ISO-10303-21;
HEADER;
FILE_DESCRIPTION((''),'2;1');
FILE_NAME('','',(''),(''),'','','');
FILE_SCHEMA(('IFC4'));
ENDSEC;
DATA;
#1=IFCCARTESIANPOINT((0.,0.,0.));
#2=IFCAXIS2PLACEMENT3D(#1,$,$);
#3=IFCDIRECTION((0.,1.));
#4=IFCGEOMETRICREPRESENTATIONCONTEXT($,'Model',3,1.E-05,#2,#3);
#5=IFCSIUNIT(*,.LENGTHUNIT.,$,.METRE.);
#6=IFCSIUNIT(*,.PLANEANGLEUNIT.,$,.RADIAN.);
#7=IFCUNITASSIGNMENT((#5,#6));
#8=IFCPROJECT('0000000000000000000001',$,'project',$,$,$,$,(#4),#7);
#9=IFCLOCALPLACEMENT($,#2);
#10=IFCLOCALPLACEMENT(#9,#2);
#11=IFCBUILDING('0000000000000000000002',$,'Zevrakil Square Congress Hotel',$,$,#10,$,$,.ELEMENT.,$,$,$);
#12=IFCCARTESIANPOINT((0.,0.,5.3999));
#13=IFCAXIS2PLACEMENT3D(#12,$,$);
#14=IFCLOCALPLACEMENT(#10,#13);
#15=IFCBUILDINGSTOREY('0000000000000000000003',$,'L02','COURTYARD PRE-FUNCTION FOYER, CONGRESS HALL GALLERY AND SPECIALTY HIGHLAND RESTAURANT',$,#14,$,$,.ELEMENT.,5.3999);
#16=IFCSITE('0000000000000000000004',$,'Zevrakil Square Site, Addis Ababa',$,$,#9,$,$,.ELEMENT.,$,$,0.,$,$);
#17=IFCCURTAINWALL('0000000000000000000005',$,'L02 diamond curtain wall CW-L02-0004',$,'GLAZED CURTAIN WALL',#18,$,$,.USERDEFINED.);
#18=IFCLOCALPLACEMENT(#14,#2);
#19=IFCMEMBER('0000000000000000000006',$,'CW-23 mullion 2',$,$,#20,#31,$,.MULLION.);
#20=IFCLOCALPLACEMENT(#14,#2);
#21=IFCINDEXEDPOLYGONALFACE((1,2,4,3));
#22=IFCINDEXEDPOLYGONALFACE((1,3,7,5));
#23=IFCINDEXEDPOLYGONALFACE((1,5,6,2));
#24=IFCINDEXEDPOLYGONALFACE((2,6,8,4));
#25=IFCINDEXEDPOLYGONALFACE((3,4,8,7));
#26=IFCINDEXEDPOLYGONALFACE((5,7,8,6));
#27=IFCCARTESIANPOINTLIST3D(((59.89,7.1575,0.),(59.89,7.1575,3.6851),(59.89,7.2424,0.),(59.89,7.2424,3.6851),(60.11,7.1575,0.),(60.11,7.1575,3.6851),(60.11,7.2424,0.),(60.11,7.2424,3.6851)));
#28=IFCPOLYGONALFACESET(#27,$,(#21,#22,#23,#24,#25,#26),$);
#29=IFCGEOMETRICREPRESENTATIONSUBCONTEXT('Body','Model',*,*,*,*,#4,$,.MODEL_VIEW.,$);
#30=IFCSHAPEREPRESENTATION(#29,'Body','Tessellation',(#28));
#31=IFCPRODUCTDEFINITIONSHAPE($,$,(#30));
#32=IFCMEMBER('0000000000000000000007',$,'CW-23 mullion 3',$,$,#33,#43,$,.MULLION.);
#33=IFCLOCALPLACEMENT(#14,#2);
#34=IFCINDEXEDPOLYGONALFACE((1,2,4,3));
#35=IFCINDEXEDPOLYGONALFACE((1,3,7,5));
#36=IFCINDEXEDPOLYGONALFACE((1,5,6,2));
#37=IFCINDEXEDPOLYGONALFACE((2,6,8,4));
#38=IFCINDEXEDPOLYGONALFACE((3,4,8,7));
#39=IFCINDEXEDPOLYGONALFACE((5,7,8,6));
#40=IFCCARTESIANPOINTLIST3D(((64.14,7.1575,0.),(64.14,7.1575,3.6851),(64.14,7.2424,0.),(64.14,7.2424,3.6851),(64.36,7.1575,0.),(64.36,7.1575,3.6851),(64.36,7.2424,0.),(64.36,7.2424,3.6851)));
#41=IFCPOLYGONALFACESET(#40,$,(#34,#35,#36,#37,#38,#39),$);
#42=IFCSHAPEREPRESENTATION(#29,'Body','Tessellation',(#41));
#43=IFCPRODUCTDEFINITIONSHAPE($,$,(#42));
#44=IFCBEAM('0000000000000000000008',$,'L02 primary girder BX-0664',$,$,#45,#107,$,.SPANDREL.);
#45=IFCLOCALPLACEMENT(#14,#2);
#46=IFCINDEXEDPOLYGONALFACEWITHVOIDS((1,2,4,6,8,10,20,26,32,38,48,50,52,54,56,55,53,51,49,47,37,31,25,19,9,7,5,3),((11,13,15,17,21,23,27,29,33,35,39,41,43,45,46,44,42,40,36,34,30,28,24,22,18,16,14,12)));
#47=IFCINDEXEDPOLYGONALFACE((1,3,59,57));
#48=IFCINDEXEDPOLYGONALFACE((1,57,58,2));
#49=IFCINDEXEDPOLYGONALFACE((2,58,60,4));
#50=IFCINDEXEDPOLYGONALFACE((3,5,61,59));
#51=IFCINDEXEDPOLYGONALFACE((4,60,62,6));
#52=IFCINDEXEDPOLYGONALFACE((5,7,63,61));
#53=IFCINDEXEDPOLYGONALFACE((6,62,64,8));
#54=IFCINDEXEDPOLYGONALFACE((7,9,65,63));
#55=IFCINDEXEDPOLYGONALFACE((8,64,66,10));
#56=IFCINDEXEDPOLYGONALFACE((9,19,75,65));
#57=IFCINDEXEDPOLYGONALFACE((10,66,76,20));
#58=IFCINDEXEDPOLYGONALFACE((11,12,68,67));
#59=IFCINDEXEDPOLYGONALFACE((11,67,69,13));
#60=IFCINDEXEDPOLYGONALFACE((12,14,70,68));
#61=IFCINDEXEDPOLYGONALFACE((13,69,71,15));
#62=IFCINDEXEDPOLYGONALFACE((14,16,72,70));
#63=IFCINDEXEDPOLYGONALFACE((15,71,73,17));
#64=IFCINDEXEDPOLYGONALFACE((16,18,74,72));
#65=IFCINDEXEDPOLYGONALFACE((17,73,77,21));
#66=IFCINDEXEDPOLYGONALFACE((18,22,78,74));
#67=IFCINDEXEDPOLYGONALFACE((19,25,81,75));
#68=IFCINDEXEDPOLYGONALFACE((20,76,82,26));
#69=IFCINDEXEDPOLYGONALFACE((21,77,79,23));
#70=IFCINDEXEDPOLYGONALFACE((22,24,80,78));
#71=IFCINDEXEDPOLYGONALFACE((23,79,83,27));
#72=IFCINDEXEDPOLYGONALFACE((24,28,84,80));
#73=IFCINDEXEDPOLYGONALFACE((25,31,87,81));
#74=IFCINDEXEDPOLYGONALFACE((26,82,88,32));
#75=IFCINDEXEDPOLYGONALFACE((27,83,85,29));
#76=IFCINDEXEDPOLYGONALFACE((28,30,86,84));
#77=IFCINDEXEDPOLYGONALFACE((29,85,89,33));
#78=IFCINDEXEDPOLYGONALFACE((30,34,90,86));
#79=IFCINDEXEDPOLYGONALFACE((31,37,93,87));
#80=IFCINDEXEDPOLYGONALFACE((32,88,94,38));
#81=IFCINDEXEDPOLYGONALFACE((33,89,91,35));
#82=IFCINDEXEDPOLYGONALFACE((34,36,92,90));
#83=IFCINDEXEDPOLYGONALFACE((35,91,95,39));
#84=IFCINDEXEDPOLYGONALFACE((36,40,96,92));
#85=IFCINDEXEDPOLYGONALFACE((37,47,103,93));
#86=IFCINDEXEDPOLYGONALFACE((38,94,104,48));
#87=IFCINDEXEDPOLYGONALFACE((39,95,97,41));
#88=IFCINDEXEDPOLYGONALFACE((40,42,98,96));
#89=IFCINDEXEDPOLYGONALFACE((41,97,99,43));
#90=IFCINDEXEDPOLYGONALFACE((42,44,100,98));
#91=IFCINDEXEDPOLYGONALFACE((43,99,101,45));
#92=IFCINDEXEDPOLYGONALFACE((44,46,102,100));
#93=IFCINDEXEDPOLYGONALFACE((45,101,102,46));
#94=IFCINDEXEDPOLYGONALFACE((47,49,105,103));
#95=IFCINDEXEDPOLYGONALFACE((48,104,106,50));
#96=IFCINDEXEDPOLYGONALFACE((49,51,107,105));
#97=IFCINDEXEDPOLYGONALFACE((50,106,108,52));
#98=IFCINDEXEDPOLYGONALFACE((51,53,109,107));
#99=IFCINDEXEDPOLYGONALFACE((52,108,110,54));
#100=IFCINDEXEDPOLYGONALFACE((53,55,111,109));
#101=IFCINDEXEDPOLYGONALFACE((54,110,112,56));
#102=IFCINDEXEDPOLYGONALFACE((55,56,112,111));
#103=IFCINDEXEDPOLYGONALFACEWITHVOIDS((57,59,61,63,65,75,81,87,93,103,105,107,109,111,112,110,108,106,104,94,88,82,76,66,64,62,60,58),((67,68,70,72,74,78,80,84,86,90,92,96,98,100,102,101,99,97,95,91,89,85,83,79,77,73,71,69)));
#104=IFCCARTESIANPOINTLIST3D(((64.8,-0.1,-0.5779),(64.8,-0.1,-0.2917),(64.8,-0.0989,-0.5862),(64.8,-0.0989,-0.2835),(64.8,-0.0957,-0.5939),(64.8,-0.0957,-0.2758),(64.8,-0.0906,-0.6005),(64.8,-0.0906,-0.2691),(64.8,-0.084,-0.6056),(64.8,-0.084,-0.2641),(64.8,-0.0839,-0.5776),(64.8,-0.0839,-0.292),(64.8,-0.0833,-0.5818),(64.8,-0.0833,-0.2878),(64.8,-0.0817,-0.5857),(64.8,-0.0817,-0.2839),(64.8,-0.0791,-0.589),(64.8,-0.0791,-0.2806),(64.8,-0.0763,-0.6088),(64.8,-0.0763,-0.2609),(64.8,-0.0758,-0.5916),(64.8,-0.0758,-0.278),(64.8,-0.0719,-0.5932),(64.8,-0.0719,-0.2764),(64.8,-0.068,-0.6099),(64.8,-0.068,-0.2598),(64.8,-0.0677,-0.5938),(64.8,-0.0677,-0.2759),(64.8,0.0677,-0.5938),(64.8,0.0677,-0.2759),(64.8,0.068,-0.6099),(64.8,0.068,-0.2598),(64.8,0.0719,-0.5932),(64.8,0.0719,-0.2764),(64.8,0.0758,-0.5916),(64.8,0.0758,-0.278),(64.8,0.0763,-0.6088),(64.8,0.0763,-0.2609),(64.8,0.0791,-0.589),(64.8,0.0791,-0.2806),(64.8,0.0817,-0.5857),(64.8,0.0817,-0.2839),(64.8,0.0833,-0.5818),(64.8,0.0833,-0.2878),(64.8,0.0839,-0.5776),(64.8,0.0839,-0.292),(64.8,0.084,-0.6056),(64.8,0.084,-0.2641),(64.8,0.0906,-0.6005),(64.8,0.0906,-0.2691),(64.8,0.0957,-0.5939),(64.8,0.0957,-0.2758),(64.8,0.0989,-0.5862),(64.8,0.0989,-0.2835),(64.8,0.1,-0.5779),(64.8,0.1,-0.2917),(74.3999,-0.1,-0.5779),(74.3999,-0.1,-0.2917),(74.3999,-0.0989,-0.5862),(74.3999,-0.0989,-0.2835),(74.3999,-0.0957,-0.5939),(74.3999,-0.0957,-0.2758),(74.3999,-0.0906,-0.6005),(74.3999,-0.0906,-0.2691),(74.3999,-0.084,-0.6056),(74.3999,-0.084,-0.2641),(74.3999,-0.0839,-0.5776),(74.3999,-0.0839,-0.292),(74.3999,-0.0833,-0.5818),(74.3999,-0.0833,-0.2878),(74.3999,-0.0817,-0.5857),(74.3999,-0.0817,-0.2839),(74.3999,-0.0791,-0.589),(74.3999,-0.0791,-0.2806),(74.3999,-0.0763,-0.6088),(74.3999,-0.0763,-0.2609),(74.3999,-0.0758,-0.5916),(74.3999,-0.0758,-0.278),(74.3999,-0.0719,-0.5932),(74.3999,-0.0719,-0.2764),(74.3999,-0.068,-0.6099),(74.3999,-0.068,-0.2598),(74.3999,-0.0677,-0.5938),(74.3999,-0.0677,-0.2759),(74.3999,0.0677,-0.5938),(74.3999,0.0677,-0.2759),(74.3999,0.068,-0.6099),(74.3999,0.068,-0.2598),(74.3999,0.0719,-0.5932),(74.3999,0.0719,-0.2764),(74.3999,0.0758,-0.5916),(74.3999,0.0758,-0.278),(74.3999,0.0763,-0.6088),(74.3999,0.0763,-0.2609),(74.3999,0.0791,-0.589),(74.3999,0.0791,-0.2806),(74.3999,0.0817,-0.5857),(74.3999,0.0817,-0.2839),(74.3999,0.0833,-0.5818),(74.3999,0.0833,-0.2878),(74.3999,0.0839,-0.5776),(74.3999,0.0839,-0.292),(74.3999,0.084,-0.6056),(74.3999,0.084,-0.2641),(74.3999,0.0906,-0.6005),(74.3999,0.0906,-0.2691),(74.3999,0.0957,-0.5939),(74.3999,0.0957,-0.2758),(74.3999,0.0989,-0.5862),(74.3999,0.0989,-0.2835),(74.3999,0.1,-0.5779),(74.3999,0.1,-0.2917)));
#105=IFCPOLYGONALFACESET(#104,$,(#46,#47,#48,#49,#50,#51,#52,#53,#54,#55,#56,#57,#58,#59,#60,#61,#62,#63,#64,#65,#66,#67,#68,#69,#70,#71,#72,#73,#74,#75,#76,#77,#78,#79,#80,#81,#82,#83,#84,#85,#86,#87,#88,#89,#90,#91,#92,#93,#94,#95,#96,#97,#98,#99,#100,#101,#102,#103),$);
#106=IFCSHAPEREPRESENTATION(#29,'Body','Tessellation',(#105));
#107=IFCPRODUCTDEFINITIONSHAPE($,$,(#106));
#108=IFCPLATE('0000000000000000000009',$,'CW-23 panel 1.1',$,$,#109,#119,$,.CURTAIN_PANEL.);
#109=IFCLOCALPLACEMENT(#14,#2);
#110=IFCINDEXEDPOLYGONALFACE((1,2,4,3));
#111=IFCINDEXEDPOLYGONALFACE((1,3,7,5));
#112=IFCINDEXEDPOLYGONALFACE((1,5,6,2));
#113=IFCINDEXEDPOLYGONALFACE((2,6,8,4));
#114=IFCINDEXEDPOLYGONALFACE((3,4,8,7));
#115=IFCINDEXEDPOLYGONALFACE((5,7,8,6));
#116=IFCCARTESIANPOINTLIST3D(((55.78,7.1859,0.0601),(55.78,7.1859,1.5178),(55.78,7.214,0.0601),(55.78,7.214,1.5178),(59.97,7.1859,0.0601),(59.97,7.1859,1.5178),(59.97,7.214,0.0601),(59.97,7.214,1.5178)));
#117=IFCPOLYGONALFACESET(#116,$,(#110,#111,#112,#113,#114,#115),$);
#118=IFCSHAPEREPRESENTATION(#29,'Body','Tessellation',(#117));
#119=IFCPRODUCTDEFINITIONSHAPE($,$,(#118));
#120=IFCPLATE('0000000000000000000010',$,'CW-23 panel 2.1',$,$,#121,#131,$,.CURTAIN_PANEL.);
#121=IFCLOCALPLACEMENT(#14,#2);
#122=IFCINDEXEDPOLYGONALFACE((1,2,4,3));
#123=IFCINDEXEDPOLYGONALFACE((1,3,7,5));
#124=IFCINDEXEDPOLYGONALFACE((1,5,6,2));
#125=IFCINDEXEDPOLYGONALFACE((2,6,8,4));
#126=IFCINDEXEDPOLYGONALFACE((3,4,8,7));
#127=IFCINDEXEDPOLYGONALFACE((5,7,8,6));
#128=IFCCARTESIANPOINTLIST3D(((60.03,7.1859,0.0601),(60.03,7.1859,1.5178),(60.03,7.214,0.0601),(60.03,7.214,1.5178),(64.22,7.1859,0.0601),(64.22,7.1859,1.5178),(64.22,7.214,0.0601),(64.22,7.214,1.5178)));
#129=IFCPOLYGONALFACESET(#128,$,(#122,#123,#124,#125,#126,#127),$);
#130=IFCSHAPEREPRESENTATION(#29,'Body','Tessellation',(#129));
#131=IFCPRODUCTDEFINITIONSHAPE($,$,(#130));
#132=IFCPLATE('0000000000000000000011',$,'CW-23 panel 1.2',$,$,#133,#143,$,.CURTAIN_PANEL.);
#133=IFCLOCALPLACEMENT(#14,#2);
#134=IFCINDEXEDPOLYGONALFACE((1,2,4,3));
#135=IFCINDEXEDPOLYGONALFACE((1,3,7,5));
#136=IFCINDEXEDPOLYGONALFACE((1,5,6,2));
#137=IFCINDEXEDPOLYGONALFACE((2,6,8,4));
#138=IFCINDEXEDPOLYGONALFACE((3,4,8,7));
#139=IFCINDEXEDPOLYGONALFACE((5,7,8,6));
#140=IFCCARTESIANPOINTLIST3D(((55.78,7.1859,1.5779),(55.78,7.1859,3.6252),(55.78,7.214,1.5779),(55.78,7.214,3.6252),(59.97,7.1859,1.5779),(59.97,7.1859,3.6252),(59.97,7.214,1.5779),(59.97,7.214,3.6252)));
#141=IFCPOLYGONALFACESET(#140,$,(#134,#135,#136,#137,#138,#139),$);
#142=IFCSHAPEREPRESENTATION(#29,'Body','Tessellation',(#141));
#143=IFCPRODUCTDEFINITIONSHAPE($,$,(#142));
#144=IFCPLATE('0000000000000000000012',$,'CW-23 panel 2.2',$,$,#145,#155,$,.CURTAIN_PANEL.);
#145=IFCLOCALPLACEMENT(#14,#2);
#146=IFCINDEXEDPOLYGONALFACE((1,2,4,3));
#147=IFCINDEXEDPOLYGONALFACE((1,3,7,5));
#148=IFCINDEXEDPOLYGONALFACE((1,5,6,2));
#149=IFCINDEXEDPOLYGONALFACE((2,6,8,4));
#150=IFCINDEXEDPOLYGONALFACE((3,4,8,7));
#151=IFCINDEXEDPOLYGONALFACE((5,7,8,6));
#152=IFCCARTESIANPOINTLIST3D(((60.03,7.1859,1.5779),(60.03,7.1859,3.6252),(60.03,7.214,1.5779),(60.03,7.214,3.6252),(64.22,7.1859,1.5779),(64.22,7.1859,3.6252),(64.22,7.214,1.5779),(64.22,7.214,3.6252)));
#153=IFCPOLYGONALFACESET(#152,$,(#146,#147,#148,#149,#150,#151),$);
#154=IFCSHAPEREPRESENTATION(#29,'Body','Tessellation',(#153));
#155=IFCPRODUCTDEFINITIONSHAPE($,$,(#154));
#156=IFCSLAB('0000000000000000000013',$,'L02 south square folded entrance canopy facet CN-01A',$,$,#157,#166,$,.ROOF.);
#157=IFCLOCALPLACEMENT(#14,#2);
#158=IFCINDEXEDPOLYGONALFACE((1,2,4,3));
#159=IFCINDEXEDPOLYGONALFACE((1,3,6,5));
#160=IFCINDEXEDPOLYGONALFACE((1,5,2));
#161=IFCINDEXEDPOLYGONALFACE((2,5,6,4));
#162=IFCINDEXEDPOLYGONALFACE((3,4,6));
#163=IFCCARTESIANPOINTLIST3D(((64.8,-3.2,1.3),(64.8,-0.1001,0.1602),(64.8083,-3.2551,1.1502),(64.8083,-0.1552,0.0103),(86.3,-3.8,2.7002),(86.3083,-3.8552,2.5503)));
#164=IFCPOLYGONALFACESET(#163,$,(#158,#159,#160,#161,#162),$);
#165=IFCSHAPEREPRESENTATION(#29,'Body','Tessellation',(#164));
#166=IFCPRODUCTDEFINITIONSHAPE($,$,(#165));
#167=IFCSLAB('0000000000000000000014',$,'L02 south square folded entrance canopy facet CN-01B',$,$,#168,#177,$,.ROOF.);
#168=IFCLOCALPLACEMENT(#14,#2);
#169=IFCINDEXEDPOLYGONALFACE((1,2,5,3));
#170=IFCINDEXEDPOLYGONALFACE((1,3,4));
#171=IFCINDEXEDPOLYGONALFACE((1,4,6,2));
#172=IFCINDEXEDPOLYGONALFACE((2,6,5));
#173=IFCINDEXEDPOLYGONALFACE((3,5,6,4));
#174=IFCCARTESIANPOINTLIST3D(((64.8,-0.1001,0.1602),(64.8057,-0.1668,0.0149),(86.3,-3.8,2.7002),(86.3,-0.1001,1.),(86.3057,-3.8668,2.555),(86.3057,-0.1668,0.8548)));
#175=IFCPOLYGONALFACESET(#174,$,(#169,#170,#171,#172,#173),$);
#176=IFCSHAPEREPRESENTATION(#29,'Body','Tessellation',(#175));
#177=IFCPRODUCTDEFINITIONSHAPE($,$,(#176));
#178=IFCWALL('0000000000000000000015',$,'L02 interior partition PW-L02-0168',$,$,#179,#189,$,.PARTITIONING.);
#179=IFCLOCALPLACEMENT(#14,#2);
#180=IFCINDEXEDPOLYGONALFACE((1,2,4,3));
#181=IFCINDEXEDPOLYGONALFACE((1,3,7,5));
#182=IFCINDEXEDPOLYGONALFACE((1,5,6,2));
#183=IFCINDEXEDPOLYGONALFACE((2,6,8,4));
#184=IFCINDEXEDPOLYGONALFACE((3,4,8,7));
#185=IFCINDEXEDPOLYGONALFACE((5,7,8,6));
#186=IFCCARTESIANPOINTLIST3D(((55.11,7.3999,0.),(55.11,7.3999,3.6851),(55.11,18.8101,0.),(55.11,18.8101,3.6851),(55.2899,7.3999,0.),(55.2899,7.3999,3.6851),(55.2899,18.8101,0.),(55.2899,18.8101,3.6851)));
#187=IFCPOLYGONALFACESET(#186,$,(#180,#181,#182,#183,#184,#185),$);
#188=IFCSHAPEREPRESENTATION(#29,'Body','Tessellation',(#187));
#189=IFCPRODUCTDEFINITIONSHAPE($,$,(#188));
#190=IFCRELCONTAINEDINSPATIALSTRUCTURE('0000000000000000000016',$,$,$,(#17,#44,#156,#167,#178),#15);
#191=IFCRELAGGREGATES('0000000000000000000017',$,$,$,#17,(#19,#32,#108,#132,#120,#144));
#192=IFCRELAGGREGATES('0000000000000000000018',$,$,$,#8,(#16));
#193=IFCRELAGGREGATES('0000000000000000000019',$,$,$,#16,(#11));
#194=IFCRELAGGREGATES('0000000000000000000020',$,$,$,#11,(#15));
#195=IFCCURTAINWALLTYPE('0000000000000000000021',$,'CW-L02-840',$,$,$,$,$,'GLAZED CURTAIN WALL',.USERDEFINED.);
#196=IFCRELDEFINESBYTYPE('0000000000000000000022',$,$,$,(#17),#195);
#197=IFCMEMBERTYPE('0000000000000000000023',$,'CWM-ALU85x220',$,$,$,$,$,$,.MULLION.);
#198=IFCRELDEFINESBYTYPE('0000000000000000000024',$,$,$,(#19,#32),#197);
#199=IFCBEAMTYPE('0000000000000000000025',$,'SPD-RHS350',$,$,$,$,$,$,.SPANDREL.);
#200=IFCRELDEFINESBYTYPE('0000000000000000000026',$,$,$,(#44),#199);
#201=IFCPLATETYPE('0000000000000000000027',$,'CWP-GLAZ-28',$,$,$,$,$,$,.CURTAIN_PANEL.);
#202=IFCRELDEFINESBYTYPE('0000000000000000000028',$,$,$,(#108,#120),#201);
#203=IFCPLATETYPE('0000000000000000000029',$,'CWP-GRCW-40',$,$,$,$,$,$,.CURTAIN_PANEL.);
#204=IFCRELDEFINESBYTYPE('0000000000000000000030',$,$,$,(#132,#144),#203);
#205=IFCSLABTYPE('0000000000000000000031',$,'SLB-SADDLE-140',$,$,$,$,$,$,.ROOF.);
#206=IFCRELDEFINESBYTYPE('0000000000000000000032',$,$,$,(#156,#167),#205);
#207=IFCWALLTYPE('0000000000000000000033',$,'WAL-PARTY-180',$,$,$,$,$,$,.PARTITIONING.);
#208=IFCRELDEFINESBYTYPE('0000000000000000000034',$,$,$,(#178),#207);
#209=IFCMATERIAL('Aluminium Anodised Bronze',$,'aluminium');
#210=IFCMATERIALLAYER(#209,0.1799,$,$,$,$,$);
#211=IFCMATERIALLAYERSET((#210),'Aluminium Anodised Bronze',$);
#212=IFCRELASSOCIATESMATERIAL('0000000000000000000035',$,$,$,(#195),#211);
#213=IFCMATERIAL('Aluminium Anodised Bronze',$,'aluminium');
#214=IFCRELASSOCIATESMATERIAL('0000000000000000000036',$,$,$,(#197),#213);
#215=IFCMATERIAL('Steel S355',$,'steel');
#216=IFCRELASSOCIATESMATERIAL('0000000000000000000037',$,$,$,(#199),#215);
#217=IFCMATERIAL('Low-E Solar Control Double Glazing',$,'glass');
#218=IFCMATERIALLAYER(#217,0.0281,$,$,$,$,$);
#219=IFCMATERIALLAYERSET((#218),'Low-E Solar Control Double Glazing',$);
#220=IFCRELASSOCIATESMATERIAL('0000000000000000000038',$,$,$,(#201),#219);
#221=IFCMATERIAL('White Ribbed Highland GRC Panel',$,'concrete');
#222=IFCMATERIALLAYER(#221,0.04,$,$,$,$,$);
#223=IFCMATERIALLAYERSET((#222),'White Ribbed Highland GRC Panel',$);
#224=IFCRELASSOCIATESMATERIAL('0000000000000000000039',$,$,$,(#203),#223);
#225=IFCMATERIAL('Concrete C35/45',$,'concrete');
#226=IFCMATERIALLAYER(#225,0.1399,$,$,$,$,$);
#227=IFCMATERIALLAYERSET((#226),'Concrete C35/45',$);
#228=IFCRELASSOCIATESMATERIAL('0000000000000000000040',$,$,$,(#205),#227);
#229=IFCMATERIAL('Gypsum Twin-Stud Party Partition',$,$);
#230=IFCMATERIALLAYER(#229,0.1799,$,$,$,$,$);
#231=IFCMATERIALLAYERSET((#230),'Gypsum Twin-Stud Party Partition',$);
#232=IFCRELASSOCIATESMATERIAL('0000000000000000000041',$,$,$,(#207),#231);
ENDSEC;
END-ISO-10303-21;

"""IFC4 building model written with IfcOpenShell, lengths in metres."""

from ifc_helpers import new_model, si_unit, direction, frame, frame_2d, origin, origin_2d, place, context, subcontext, project, spatial, polyline, rectangle, hollow_rectangle, outline, extrude, material, layer, layer_set, material_profile, profile_set, type_object, element, aggregate, save


model = new_model("IFC4")

# Units and contexts
model_context = context("Model", 3, precision=1e-05, world=origin(), true_north=direction((0.0, 1.0)))
body_context = subcontext(model_context, "Body", "Model", "MODEL_VIEW")
ifc_project = project(units=[si_unit("LENGTHUNIT", "METRE"), si_unit("PLANEANGLEUNIT", "RADIAN")], contexts=[model_context])

# Site, building, storey
site_placement = place(None, origin())
site = spatial("IfcSite", under=ifc_project, at=site_placement, Name="Zevrakil Square Site, Addis Ababa", CompositionType="ELEMENT", RefElevation=0.0)
building_placement = place(site_placement, origin())
building = spatial("IfcBuilding", under=site, at=building_placement, Name="Zevrakil Square Congress Hotel", CompositionType="ELEMENT")
storey_placement = place(building_placement, frame((0.0, 0.0, 5.3999)))
storey = spatial("IfcBuildingStorey", under=building, at=storey_placement, Name="L02", Description="COURTYARD PRE-FUNCTION FOYER, CONGRESS HALL GALLERY AND SPECIALTY HIGHLAND RESTAURANT", CompositionType="ELEMENT", Elevation=5.3999)

# Curtain wall, members
ifc_material_1 = material(Name="Aluminium Anodised Bronze", Category="aluminium")
ifc_layer_1 = layer(ifc_material_1, 0.1799)
ifc_layer_set_1 = layer_set([ifc_layer_1], Name="Aluminium Anodised Bronze")
curtain_wall_type = type_object("IfcCurtainWallType", Name="CW-L02-840", ElementType="GLAZED CURTAIN WALL", PredefinedType="USERDEFINED", material=ifc_layer_set_1)
curtain_wall_placement = place(storey_placement, origin())
curtain_wall = element("IfcCurtainWall", 1, at=curtain_wall_placement, inside=storey, type_object=curtain_wall_type, Name="L02 diamond curtain wall CW-L02-0004", ObjectType="GLAZED CURTAIN WALL", PredefinedType="USERDEFINED")
ifc_material_2 = material(Name="Aluminium Anodised Bronze", Category="aluminium")
ifc_material_profile_1 = material_profile(ifc_material_2, rectangle(XDim=0.085, YDim=0.22, at=origin_2d()), Name="ALU 85x220")
ifc_profile_set_1 = profile_set([ifc_material_profile_1], Name="Aluminium Anodised Bronze")
member_type_1 = type_object("IfcMemberType", Name="CWM-ALU85x220", PredefinedType="MULLION", material=ifc_profile_set_1)
member_1_placement = place(storey_placement, frame((60.0, 7.2, 0.0), z_axis=(0.0, 0.0, 1.0), x_axis=(0.0, 1.0, 0.0)))
member_1 = element("IfcMember", 2, at=member_1_placement, type_object=member_type_1, Name="CW-23 mullion 2", PredefinedType="MULLION", context=body_context, shape_type="SweptSolid", body=[
    extrude(rectangle(XDim=0.085, YDim=0.22, at=origin_2d()), origin(), (0.0, 0.0, 1.0), 3.6851),
])
member_2_placement = place(storey_placement, frame((64.25, 7.2, 0.0), z_axis=(0.0, 0.0, 1.0), x_axis=(0.0, 1.0, 0.0)))
member_2 = element("IfcMember", 3, at=member_2_placement, type_object=member_type_1, Name="CW-23 mullion 3", PredefinedType="MULLION", context=body_context, shape_type="SweptSolid", body=[
    extrude(rectangle(XDim=0.085, YDim=0.22, at=origin_2d()), origin(), (0.0, 0.0, 1.0), 3.6851),
])

# Beam
ifc_material_3 = material(Name="Steel S355", Category="steel")
ifc_material_profile_2 = material_profile(ifc_material_3, hollow_rectangle(XDim=0.2, YDim=0.3501, WallThickness=0.0161, InnerFilletRadius=0.0161, OuterFilletRadius=0.032, at=origin_2d()), Name="RHS 350x200x16")
ifc_profile_set_2 = profile_set([ifc_material_profile_2], Name="Steel S355")
beam_type_1 = type_object("IfcBeamType", Name="SPD-RHS350", PredefinedType="SPANDREL", material=ifc_profile_set_2)
beam_1_placement = place(storey_placement, frame((64.8, 0.0, -0.4348), z_axis=(1.0, 0.0, 0.0), x_axis=(0.0, 1.0, 0.0)))
element("IfcBeam", 4, at=beam_1_placement, inside=storey, type_object=beam_type_1, Name="L02 primary girder BX-0664", PredefinedType="SPANDREL", context=body_context, shape_type="SweptSolid", body=[
    extrude(hollow_rectangle(XDim=0.2, YDim=0.3501, WallThickness=0.0161, InnerFilletRadius=0.0161, OuterFilletRadius=0.032, at=origin_2d()), origin(), (0.0, 0.0, 1.0), 9.5999),
])

# Plates
ifc_material_4 = material(Name="Low-E Solar Control Double Glazing", Category="glass")
ifc_layer_2 = layer(ifc_material_4, 0.0281)
ifc_layer_set_2 = layer_set([ifc_layer_2], Name="Low-E Solar Control Double Glazing")
plate_type_1 = type_object("IfcPlateType", Name="CWP-GLAZ-28", PredefinedType="CURTAIN_PANEL", material=ifc_layer_set_2)
plate_1_placement = place(storey_placement, frame((57.875, 7.2, 0.0601), z_axis=(0.0, 0.0, 1.0), x_axis=(1.0, 0.0, 0.0)))
plate_1 = element("IfcPlate", 5, at=plate_1_placement, type_object=plate_type_1, Name="CW-23 panel 1.1", PredefinedType="CURTAIN_PANEL", context=body_context, shape_type="SweptSolid", body=[
    extrude(rectangle(XDim=4.1899, YDim=0.0281, at=origin_2d()), origin(), (0.0, 0.0, 1.0), 1.4578),
])
plate_2_placement = place(storey_placement, frame((62.125, 7.2, 0.0601), z_axis=(0.0, 0.0, 1.0), x_axis=(1.0, 0.0, 0.0)))
plate_2 = element("IfcPlate", 6, at=plate_2_placement, type_object=plate_type_1, Name="CW-23 panel 2.1", PredefinedType="CURTAIN_PANEL", context=body_context, shape_type="SweptSolid", body=[
    extrude(rectangle(XDim=4.1899, YDim=0.0281, at=origin_2d()), origin(), (0.0, 0.0, 1.0), 1.4578),
])
ifc_material_5 = material(Name="White Ribbed Highland GRC Panel", Category="concrete")
ifc_layer_3 = layer(ifc_material_5, 0.04)
ifc_layer_set_3 = layer_set([ifc_layer_3], Name="White Ribbed Highland GRC Panel")
plate_type_2 = type_object("IfcPlateType", Name="CWP-GRCW-40", PredefinedType="CURTAIN_PANEL", material=ifc_layer_set_3)
plate_3_placement = place(storey_placement, frame((57.875, 7.2, 1.5779), z_axis=(0.0, 0.0, 1.0), x_axis=(1.0, 0.0, 0.0)))
plate_3 = element("IfcPlate", 7, at=plate_3_placement, type_object=plate_type_2, Name="CW-23 panel 1.2", PredefinedType="CURTAIN_PANEL", context=body_context, shape_type="SweptSolid", body=[
    extrude(rectangle(XDim=4.1899, YDim=0.0281, at=origin_2d()), origin(), (0.0, 0.0, 1.0), 2.0474),
])
plate_4_placement = place(storey_placement, frame((62.125, 7.2, 1.5779), z_axis=(0.0, 0.0, 1.0), x_axis=(1.0, 0.0, 0.0)))
plate_4 = element("IfcPlate", 8, at=plate_4_placement, type_object=plate_type_2, Name="CW-23 panel 2.2", PredefinedType="CURTAIN_PANEL", context=body_context, shape_type="SweptSolid", body=[
    extrude(rectangle(XDim=4.1899, YDim=0.0281, at=origin_2d()), origin(), (0.0, 0.0, 1.0), 2.0474),
])
aggregate(curtain_wall, [member_1, member_2, plate_1, plate_3, plate_2, plate_4])

# Slabs
ifc_material_6 = material(Name="Concrete C35/45", Category="concrete")
ifc_layer_4 = layer(ifc_material_6, 0.1399)
ifc_layer_set_4 = layer_set([ifc_layer_4], Name="Concrete C35/45")
slab_type = type_object("IfcSlabType", Name="SLB-SADDLE-140", PredefinedType="ROOF", material=ifc_layer_set_4)
slab_1_placement = place(storey_placement, frame((64.8, -0.1001, 0.1602), z_axis=(-0.05142, 0.344673, 0.937313), x_axis=(0.0, -0.938555, 0.34513)))
element("IfcSlab", 9, at=slab_1_placement, inside=storey, type_object=slab_type, Name="L02 south square folded entrance canopy facet CN-01A", PredefinedType="ROOF", context=body_context, shape_type="SweptSolid", body=[
    extrude(outline(polyline([(0.0, 0.0), (3.3028, 0.0), (4.3493, 21.5285), (0.0, 0.0)])), origin(), (0.0, 0.0, -1.0), 0.1599),
])
slab_2_placement = place(storey_placement, frame((64.8, -0.1001, 0.1602), z_axis=(-0.035472, 0.417282, 0.908085), x_axis=(0.978901, -0.16846, 0.115649)))
element("IfcSlab", 10, at=slab_2_placement, inside=storey, type_object=slab_type, Name="L02 south square folded entrance canopy facet CN-01B", PredefinedType="ROOF", context=body_context, shape_type="SweptSolid", body=[
    extrude(outline(polyline([(0.0, 0.0), (21.9634, 0.0), (21.1435, 3.9885), (0.0, 0.0)])), origin(), (0.0, 0.0, -1.0), 0.1599),
])

# Wall
ifc_material_7 = material(Name="Gypsum Twin-Stud Party Partition")
ifc_layer_5 = layer(ifc_material_7, 0.1799)
ifc_layer_set_5 = layer_set([ifc_layer_5], Name="Gypsum Twin-Stud Party Partition")
wall_type = type_object("IfcWallType", Name="WAL-PARTY-180", PredefinedType="PARTITIONING", material=ifc_layer_set_5)
for number, where, z_axis, x_axis, name in (
    (11, (55.2, 7.3999, 0.0), (0.0, 0.0, 1.0), (0.0, 1.0, 0.0), "L02 interior partition PW-L02-0168"),
):
    element("IfcWall", number, at=place(storey_placement, frame(where, z_axis=z_axis, x_axis=x_axis)), inside=storey, type_object=wall_type, Name=name, PredefinedType="PARTITIONING", context=body_context, shape_type="SweptSolid", body=[
        extrude(rectangle(XDim=11.4102, YDim=0.1799, at=frame_2d((5.7051, 0.0))), origin(), (0.0, 0.0, 1.0), 3.6851),
    ])

save(model, "model.ifc")
